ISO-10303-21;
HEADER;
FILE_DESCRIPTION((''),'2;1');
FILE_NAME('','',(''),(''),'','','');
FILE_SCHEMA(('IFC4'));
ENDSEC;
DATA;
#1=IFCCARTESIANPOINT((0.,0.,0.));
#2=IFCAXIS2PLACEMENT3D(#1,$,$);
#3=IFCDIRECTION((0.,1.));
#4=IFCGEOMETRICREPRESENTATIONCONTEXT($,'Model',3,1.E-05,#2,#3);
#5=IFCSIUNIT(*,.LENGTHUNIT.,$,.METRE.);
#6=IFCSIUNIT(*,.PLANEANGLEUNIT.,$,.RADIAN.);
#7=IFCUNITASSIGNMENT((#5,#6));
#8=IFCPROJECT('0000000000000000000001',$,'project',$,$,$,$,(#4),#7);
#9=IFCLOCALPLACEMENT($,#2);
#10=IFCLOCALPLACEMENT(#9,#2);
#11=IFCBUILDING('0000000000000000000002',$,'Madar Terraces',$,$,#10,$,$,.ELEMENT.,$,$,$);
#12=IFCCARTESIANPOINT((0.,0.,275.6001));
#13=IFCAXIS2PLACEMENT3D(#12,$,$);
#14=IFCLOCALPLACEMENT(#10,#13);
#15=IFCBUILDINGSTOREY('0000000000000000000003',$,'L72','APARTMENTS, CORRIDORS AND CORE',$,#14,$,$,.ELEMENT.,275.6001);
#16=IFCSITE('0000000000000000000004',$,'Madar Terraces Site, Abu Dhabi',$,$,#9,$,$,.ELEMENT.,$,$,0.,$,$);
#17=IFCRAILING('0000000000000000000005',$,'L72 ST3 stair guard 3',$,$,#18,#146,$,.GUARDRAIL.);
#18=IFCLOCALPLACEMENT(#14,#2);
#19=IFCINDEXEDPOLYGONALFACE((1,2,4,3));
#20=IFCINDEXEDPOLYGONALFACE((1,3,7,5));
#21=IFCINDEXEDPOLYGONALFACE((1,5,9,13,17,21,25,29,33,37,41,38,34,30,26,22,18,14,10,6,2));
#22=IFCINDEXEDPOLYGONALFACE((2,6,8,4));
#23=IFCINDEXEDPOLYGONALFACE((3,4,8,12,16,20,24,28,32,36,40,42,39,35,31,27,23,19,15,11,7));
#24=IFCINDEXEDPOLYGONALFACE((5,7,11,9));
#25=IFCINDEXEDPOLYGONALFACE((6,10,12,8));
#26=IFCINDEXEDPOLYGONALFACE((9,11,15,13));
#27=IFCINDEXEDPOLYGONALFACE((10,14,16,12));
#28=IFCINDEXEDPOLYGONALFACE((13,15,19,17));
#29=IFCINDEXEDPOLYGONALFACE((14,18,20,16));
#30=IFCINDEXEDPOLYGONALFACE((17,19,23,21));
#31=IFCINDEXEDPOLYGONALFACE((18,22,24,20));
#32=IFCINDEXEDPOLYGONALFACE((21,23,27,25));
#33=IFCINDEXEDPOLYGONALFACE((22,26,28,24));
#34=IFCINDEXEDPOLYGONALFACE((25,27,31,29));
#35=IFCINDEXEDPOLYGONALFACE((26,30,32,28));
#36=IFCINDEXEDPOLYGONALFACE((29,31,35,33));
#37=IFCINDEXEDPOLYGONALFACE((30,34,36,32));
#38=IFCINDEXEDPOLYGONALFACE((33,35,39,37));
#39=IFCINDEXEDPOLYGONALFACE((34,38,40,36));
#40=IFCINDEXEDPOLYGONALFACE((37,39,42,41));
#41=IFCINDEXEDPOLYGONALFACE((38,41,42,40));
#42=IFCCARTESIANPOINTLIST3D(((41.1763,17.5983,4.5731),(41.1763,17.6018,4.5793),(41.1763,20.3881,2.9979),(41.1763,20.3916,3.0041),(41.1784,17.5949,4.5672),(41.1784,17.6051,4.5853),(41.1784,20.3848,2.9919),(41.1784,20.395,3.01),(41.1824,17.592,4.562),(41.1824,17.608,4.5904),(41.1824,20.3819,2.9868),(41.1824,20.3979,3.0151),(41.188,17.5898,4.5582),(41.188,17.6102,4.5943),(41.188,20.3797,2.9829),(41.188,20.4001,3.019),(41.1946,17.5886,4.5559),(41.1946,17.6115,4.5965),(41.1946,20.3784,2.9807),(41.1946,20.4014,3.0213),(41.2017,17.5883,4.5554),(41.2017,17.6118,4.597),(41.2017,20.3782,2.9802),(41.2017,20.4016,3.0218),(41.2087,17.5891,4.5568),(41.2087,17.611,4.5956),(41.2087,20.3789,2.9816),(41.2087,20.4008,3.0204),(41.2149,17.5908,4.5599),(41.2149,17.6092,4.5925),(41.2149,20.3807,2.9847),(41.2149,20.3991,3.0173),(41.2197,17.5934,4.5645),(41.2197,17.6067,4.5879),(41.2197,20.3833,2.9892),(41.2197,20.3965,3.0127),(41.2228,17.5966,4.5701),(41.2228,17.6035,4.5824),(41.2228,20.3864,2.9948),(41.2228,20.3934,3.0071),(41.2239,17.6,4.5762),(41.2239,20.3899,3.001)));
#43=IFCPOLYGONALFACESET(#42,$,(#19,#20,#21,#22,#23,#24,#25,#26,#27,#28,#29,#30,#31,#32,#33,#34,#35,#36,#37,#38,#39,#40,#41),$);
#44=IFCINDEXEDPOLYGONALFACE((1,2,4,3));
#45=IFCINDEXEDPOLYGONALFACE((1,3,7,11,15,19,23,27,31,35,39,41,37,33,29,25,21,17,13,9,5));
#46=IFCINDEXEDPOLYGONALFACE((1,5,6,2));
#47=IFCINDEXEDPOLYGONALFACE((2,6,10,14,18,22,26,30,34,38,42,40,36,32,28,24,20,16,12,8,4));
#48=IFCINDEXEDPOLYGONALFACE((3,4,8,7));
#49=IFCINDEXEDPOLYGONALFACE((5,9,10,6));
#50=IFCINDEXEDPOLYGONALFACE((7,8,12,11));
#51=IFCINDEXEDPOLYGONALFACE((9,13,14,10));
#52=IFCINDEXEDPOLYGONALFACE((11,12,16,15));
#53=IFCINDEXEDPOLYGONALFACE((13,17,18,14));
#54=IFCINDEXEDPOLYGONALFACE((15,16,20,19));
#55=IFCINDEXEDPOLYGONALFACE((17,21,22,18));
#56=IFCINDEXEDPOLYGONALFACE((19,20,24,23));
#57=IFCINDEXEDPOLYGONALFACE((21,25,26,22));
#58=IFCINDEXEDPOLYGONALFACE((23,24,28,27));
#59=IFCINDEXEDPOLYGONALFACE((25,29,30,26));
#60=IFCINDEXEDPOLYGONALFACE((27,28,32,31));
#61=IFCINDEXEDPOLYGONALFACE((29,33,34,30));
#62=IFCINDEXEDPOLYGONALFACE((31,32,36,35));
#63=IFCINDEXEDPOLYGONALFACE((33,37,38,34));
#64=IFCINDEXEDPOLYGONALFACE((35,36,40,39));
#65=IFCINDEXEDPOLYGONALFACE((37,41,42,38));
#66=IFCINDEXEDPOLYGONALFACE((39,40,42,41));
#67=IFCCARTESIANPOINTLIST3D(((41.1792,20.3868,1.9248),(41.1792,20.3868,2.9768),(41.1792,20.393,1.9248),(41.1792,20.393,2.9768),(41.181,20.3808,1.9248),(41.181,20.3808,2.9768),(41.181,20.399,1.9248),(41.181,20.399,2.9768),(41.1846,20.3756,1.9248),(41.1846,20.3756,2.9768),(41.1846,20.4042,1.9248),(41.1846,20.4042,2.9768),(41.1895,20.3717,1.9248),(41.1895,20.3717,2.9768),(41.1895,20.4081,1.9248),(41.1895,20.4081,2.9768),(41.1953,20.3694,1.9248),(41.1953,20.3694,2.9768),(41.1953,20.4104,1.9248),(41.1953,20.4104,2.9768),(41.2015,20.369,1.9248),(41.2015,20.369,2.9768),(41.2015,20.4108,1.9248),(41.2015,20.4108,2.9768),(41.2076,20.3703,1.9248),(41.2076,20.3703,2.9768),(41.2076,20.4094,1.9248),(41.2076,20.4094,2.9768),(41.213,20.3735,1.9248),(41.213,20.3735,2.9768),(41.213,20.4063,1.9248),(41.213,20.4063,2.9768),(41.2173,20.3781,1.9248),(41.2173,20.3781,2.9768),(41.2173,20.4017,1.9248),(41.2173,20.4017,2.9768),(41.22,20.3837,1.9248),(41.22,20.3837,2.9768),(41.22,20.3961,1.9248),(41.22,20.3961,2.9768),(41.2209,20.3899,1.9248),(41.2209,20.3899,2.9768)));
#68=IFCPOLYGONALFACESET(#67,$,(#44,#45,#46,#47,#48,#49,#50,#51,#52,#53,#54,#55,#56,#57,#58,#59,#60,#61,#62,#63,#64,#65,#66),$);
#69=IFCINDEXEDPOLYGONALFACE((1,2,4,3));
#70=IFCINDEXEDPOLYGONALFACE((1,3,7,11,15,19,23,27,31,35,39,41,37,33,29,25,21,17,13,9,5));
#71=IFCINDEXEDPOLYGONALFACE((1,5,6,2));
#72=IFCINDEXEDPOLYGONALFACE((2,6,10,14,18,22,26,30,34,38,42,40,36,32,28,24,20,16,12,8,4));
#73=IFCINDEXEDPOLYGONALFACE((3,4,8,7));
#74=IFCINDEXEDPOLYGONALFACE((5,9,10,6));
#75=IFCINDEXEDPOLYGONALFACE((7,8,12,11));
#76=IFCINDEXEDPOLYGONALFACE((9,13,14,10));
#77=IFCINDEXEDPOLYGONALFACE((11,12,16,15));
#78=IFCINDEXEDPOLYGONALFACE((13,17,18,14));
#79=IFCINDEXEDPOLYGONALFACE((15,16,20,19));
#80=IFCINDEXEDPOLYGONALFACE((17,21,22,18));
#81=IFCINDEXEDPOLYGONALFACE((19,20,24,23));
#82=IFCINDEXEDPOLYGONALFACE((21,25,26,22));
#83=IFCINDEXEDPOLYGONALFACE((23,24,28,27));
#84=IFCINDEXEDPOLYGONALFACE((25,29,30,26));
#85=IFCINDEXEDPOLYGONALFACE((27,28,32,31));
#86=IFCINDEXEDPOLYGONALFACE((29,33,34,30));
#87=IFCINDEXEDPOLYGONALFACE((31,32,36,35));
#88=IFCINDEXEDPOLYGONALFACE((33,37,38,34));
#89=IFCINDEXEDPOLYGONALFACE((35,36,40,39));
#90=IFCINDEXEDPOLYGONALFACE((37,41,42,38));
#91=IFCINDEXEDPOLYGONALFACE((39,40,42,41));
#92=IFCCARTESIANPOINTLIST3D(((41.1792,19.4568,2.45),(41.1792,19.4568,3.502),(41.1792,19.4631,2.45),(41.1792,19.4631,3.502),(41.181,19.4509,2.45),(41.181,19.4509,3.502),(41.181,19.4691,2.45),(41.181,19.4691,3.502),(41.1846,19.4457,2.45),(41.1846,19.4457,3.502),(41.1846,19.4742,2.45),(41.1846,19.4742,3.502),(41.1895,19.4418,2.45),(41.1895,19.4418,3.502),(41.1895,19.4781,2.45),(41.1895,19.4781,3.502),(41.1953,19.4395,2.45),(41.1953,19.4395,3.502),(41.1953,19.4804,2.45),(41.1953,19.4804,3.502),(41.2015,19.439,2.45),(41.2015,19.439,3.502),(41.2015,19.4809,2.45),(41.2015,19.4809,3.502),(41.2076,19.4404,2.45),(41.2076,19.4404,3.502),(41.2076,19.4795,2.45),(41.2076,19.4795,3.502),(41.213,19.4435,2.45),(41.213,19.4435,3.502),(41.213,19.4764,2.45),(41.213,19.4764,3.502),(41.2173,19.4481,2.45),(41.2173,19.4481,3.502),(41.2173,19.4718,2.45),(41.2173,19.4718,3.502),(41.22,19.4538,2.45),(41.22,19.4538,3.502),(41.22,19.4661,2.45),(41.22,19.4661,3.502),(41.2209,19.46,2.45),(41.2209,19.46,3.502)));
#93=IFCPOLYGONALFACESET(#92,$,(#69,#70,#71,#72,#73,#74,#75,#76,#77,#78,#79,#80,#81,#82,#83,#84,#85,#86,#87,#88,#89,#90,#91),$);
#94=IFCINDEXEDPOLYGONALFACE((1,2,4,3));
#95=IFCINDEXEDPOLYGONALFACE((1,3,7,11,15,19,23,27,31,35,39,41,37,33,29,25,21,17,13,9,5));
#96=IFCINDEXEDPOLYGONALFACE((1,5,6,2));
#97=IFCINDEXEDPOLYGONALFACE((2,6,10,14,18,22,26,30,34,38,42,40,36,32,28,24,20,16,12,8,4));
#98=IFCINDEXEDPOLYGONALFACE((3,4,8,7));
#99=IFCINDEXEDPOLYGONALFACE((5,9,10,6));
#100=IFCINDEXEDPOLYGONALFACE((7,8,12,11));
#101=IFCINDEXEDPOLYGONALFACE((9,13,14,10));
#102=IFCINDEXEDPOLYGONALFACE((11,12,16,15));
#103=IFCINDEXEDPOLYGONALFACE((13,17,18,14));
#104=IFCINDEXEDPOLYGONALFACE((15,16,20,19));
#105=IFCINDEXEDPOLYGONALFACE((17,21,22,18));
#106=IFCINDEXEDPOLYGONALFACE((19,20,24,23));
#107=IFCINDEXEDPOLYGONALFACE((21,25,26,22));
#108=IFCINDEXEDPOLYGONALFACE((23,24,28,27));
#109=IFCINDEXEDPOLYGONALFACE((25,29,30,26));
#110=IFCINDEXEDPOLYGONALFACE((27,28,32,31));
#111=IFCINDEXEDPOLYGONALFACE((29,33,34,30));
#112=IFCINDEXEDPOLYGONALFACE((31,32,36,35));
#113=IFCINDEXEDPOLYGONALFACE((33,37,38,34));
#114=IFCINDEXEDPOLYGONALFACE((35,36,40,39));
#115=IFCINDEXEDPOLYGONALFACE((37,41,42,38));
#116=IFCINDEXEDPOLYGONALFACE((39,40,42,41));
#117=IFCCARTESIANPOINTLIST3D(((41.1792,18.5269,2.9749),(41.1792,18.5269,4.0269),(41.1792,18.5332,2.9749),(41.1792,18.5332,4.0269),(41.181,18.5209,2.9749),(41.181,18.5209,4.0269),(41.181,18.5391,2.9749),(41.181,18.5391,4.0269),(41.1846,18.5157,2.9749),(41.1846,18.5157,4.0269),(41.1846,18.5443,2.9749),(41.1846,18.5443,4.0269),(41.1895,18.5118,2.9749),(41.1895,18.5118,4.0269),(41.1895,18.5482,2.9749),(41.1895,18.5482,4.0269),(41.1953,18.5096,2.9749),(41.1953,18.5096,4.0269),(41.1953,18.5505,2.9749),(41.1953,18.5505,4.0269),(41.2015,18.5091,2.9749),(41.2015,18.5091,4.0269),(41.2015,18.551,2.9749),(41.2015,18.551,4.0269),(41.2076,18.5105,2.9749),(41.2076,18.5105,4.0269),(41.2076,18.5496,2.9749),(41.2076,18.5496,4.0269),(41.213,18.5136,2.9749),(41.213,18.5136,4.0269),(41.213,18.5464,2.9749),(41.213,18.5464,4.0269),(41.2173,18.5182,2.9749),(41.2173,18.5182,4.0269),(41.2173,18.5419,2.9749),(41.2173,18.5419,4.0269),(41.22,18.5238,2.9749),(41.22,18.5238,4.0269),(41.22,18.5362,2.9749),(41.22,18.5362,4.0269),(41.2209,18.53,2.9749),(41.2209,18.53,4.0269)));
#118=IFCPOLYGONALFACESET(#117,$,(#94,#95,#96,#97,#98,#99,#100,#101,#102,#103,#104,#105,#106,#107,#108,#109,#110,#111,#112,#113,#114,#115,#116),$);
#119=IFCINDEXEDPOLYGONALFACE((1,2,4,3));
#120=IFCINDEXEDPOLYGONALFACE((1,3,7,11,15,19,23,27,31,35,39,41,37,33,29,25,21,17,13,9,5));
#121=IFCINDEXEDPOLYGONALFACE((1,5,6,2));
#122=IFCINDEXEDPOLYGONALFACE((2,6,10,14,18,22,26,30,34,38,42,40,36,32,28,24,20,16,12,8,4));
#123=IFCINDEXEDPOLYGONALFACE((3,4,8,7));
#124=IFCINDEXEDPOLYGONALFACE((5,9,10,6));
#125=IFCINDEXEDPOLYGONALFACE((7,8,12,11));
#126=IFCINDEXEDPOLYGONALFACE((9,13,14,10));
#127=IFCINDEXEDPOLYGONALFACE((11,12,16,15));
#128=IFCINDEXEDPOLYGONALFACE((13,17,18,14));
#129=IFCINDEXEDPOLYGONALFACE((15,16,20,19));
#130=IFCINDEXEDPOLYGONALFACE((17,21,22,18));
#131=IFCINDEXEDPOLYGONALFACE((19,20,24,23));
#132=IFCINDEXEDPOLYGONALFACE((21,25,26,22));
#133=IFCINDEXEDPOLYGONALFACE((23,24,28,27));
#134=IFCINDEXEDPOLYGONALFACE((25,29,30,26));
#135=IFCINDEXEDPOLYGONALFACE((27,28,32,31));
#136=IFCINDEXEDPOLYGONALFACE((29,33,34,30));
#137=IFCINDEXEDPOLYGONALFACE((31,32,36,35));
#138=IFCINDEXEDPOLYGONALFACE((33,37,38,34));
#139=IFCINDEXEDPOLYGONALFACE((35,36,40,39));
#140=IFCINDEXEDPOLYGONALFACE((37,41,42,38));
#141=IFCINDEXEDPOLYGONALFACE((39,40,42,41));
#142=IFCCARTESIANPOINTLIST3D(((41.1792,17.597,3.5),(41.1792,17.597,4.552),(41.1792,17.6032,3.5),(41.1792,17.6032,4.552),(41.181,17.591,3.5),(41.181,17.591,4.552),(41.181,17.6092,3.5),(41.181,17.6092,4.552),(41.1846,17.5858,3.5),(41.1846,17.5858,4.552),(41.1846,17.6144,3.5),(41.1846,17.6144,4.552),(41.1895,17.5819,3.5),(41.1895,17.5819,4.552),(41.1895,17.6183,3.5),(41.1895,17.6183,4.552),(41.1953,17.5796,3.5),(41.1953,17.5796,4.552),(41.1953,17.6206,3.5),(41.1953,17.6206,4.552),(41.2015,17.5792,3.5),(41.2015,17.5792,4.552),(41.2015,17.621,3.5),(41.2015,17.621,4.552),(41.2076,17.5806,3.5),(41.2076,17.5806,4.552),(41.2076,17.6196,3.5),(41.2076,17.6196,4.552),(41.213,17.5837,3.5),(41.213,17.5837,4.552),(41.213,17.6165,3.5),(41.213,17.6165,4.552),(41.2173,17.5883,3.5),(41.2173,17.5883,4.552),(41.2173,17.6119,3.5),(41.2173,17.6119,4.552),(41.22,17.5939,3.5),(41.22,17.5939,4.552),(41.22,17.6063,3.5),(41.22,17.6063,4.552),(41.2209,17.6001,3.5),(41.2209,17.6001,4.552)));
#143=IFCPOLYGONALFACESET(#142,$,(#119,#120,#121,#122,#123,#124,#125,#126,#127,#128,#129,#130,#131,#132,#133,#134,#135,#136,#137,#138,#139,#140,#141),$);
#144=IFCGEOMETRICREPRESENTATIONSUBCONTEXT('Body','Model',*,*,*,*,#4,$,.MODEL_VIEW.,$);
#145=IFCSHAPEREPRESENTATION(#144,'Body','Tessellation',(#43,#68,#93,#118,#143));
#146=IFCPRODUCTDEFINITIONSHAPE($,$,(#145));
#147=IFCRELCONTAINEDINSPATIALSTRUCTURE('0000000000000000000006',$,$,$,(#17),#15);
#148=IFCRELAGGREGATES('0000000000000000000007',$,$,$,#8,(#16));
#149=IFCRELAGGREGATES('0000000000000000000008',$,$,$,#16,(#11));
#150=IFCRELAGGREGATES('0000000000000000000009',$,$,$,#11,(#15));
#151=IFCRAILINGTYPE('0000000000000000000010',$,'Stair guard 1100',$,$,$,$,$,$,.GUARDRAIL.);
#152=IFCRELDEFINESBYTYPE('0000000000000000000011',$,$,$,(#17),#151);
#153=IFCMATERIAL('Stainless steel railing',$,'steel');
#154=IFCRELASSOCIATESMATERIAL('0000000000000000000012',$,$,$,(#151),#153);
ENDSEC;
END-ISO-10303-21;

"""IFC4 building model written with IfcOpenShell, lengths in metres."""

from ifc_helpers import new_model, si_unit, direction, frame, origin, origin_2d, place, context, subcontext, project, spatial, circle, extrude, material, type_object, element, save


model = new_model("IFC4")

# Units and contexts
model_context = context("Model", 3, precision=1e-05, world=origin(), true_north=direction((0.0, 1.0)))
body_context = subcontext(model_context, "Body", "Model", "MODEL_VIEW")
ifc_project = project(units=[si_unit("LENGTHUNIT", "METRE"), si_unit("PLANEANGLEUNIT", "RADIAN")], contexts=[model_context])

# Site, building, storey
site_placement = place(None, origin())
site = spatial("IfcSite", under=ifc_project, at=site_placement, Name="Madar Terraces Site, Abu Dhabi", CompositionType="ELEMENT", RefElevation=0.0)
building_placement = place(site_placement, origin())
building = spatial("IfcBuilding", under=site, at=building_placement, Name="Madar Terraces", CompositionType="ELEMENT")
storey_placement = place(building_placement, frame((0.0, 0.0, 275.6001)))
storey = spatial("IfcBuildingStorey", under=building, at=storey_placement, Name="L72", Description="APARTMENTS, CORRIDORS AND CORE", CompositionType="ELEMENT", Elevation=275.6001)

# Railing
ifc_material_1 = material(Name="Stainless steel railing", Category="steel")
railing_type_1 = type_object("IfcRailingType", Name="Stair guard 1100", PredefinedType="GUARDRAIL", material=ifc_material_1)
railing_1_placement = place(storey_placement, frame((41.2, 20.3899, 1.9248)))
element("IfcRailing", 1, at=railing_1_placement, inside=storey, type_object=railing_type_1, Name="L72 ST3 stair guard 3", PredefinedType="GUARDRAIL", context=body_context, shape_type="SweptSolid", body=[
    extrude(circle(Radius=0.0239, at=origin_2d()), frame((0.0, 0.0, 1.0762), z_axis=(0.0, -0.870783, 0.491668), x_axis=(1.0, 0.0, 0.0)), (0.0, 0.0, 1.0), 3.2039),
    extrude(circle(Radius=0.021, at=origin_2d()), origin(), (0.0, 0.0, 1.0), 1.052),
    extrude(circle(Radius=0.021, at=origin_2d()), frame((0.0, -0.9299, 0.5251)), (0.0, 0.0, 1.0), 1.052),
    extrude(circle(Radius=0.021, at=origin_2d()), frame((0.0, -1.8599, 1.05)), (0.0, 0.0, 1.0), 1.052),
    extrude(circle(Radius=0.021, at=origin_2d()), frame((0.0, -2.7898, 1.5752)), (0.0, 0.0, 1.0), 1.052),
])

save(model, "model.ifc")
